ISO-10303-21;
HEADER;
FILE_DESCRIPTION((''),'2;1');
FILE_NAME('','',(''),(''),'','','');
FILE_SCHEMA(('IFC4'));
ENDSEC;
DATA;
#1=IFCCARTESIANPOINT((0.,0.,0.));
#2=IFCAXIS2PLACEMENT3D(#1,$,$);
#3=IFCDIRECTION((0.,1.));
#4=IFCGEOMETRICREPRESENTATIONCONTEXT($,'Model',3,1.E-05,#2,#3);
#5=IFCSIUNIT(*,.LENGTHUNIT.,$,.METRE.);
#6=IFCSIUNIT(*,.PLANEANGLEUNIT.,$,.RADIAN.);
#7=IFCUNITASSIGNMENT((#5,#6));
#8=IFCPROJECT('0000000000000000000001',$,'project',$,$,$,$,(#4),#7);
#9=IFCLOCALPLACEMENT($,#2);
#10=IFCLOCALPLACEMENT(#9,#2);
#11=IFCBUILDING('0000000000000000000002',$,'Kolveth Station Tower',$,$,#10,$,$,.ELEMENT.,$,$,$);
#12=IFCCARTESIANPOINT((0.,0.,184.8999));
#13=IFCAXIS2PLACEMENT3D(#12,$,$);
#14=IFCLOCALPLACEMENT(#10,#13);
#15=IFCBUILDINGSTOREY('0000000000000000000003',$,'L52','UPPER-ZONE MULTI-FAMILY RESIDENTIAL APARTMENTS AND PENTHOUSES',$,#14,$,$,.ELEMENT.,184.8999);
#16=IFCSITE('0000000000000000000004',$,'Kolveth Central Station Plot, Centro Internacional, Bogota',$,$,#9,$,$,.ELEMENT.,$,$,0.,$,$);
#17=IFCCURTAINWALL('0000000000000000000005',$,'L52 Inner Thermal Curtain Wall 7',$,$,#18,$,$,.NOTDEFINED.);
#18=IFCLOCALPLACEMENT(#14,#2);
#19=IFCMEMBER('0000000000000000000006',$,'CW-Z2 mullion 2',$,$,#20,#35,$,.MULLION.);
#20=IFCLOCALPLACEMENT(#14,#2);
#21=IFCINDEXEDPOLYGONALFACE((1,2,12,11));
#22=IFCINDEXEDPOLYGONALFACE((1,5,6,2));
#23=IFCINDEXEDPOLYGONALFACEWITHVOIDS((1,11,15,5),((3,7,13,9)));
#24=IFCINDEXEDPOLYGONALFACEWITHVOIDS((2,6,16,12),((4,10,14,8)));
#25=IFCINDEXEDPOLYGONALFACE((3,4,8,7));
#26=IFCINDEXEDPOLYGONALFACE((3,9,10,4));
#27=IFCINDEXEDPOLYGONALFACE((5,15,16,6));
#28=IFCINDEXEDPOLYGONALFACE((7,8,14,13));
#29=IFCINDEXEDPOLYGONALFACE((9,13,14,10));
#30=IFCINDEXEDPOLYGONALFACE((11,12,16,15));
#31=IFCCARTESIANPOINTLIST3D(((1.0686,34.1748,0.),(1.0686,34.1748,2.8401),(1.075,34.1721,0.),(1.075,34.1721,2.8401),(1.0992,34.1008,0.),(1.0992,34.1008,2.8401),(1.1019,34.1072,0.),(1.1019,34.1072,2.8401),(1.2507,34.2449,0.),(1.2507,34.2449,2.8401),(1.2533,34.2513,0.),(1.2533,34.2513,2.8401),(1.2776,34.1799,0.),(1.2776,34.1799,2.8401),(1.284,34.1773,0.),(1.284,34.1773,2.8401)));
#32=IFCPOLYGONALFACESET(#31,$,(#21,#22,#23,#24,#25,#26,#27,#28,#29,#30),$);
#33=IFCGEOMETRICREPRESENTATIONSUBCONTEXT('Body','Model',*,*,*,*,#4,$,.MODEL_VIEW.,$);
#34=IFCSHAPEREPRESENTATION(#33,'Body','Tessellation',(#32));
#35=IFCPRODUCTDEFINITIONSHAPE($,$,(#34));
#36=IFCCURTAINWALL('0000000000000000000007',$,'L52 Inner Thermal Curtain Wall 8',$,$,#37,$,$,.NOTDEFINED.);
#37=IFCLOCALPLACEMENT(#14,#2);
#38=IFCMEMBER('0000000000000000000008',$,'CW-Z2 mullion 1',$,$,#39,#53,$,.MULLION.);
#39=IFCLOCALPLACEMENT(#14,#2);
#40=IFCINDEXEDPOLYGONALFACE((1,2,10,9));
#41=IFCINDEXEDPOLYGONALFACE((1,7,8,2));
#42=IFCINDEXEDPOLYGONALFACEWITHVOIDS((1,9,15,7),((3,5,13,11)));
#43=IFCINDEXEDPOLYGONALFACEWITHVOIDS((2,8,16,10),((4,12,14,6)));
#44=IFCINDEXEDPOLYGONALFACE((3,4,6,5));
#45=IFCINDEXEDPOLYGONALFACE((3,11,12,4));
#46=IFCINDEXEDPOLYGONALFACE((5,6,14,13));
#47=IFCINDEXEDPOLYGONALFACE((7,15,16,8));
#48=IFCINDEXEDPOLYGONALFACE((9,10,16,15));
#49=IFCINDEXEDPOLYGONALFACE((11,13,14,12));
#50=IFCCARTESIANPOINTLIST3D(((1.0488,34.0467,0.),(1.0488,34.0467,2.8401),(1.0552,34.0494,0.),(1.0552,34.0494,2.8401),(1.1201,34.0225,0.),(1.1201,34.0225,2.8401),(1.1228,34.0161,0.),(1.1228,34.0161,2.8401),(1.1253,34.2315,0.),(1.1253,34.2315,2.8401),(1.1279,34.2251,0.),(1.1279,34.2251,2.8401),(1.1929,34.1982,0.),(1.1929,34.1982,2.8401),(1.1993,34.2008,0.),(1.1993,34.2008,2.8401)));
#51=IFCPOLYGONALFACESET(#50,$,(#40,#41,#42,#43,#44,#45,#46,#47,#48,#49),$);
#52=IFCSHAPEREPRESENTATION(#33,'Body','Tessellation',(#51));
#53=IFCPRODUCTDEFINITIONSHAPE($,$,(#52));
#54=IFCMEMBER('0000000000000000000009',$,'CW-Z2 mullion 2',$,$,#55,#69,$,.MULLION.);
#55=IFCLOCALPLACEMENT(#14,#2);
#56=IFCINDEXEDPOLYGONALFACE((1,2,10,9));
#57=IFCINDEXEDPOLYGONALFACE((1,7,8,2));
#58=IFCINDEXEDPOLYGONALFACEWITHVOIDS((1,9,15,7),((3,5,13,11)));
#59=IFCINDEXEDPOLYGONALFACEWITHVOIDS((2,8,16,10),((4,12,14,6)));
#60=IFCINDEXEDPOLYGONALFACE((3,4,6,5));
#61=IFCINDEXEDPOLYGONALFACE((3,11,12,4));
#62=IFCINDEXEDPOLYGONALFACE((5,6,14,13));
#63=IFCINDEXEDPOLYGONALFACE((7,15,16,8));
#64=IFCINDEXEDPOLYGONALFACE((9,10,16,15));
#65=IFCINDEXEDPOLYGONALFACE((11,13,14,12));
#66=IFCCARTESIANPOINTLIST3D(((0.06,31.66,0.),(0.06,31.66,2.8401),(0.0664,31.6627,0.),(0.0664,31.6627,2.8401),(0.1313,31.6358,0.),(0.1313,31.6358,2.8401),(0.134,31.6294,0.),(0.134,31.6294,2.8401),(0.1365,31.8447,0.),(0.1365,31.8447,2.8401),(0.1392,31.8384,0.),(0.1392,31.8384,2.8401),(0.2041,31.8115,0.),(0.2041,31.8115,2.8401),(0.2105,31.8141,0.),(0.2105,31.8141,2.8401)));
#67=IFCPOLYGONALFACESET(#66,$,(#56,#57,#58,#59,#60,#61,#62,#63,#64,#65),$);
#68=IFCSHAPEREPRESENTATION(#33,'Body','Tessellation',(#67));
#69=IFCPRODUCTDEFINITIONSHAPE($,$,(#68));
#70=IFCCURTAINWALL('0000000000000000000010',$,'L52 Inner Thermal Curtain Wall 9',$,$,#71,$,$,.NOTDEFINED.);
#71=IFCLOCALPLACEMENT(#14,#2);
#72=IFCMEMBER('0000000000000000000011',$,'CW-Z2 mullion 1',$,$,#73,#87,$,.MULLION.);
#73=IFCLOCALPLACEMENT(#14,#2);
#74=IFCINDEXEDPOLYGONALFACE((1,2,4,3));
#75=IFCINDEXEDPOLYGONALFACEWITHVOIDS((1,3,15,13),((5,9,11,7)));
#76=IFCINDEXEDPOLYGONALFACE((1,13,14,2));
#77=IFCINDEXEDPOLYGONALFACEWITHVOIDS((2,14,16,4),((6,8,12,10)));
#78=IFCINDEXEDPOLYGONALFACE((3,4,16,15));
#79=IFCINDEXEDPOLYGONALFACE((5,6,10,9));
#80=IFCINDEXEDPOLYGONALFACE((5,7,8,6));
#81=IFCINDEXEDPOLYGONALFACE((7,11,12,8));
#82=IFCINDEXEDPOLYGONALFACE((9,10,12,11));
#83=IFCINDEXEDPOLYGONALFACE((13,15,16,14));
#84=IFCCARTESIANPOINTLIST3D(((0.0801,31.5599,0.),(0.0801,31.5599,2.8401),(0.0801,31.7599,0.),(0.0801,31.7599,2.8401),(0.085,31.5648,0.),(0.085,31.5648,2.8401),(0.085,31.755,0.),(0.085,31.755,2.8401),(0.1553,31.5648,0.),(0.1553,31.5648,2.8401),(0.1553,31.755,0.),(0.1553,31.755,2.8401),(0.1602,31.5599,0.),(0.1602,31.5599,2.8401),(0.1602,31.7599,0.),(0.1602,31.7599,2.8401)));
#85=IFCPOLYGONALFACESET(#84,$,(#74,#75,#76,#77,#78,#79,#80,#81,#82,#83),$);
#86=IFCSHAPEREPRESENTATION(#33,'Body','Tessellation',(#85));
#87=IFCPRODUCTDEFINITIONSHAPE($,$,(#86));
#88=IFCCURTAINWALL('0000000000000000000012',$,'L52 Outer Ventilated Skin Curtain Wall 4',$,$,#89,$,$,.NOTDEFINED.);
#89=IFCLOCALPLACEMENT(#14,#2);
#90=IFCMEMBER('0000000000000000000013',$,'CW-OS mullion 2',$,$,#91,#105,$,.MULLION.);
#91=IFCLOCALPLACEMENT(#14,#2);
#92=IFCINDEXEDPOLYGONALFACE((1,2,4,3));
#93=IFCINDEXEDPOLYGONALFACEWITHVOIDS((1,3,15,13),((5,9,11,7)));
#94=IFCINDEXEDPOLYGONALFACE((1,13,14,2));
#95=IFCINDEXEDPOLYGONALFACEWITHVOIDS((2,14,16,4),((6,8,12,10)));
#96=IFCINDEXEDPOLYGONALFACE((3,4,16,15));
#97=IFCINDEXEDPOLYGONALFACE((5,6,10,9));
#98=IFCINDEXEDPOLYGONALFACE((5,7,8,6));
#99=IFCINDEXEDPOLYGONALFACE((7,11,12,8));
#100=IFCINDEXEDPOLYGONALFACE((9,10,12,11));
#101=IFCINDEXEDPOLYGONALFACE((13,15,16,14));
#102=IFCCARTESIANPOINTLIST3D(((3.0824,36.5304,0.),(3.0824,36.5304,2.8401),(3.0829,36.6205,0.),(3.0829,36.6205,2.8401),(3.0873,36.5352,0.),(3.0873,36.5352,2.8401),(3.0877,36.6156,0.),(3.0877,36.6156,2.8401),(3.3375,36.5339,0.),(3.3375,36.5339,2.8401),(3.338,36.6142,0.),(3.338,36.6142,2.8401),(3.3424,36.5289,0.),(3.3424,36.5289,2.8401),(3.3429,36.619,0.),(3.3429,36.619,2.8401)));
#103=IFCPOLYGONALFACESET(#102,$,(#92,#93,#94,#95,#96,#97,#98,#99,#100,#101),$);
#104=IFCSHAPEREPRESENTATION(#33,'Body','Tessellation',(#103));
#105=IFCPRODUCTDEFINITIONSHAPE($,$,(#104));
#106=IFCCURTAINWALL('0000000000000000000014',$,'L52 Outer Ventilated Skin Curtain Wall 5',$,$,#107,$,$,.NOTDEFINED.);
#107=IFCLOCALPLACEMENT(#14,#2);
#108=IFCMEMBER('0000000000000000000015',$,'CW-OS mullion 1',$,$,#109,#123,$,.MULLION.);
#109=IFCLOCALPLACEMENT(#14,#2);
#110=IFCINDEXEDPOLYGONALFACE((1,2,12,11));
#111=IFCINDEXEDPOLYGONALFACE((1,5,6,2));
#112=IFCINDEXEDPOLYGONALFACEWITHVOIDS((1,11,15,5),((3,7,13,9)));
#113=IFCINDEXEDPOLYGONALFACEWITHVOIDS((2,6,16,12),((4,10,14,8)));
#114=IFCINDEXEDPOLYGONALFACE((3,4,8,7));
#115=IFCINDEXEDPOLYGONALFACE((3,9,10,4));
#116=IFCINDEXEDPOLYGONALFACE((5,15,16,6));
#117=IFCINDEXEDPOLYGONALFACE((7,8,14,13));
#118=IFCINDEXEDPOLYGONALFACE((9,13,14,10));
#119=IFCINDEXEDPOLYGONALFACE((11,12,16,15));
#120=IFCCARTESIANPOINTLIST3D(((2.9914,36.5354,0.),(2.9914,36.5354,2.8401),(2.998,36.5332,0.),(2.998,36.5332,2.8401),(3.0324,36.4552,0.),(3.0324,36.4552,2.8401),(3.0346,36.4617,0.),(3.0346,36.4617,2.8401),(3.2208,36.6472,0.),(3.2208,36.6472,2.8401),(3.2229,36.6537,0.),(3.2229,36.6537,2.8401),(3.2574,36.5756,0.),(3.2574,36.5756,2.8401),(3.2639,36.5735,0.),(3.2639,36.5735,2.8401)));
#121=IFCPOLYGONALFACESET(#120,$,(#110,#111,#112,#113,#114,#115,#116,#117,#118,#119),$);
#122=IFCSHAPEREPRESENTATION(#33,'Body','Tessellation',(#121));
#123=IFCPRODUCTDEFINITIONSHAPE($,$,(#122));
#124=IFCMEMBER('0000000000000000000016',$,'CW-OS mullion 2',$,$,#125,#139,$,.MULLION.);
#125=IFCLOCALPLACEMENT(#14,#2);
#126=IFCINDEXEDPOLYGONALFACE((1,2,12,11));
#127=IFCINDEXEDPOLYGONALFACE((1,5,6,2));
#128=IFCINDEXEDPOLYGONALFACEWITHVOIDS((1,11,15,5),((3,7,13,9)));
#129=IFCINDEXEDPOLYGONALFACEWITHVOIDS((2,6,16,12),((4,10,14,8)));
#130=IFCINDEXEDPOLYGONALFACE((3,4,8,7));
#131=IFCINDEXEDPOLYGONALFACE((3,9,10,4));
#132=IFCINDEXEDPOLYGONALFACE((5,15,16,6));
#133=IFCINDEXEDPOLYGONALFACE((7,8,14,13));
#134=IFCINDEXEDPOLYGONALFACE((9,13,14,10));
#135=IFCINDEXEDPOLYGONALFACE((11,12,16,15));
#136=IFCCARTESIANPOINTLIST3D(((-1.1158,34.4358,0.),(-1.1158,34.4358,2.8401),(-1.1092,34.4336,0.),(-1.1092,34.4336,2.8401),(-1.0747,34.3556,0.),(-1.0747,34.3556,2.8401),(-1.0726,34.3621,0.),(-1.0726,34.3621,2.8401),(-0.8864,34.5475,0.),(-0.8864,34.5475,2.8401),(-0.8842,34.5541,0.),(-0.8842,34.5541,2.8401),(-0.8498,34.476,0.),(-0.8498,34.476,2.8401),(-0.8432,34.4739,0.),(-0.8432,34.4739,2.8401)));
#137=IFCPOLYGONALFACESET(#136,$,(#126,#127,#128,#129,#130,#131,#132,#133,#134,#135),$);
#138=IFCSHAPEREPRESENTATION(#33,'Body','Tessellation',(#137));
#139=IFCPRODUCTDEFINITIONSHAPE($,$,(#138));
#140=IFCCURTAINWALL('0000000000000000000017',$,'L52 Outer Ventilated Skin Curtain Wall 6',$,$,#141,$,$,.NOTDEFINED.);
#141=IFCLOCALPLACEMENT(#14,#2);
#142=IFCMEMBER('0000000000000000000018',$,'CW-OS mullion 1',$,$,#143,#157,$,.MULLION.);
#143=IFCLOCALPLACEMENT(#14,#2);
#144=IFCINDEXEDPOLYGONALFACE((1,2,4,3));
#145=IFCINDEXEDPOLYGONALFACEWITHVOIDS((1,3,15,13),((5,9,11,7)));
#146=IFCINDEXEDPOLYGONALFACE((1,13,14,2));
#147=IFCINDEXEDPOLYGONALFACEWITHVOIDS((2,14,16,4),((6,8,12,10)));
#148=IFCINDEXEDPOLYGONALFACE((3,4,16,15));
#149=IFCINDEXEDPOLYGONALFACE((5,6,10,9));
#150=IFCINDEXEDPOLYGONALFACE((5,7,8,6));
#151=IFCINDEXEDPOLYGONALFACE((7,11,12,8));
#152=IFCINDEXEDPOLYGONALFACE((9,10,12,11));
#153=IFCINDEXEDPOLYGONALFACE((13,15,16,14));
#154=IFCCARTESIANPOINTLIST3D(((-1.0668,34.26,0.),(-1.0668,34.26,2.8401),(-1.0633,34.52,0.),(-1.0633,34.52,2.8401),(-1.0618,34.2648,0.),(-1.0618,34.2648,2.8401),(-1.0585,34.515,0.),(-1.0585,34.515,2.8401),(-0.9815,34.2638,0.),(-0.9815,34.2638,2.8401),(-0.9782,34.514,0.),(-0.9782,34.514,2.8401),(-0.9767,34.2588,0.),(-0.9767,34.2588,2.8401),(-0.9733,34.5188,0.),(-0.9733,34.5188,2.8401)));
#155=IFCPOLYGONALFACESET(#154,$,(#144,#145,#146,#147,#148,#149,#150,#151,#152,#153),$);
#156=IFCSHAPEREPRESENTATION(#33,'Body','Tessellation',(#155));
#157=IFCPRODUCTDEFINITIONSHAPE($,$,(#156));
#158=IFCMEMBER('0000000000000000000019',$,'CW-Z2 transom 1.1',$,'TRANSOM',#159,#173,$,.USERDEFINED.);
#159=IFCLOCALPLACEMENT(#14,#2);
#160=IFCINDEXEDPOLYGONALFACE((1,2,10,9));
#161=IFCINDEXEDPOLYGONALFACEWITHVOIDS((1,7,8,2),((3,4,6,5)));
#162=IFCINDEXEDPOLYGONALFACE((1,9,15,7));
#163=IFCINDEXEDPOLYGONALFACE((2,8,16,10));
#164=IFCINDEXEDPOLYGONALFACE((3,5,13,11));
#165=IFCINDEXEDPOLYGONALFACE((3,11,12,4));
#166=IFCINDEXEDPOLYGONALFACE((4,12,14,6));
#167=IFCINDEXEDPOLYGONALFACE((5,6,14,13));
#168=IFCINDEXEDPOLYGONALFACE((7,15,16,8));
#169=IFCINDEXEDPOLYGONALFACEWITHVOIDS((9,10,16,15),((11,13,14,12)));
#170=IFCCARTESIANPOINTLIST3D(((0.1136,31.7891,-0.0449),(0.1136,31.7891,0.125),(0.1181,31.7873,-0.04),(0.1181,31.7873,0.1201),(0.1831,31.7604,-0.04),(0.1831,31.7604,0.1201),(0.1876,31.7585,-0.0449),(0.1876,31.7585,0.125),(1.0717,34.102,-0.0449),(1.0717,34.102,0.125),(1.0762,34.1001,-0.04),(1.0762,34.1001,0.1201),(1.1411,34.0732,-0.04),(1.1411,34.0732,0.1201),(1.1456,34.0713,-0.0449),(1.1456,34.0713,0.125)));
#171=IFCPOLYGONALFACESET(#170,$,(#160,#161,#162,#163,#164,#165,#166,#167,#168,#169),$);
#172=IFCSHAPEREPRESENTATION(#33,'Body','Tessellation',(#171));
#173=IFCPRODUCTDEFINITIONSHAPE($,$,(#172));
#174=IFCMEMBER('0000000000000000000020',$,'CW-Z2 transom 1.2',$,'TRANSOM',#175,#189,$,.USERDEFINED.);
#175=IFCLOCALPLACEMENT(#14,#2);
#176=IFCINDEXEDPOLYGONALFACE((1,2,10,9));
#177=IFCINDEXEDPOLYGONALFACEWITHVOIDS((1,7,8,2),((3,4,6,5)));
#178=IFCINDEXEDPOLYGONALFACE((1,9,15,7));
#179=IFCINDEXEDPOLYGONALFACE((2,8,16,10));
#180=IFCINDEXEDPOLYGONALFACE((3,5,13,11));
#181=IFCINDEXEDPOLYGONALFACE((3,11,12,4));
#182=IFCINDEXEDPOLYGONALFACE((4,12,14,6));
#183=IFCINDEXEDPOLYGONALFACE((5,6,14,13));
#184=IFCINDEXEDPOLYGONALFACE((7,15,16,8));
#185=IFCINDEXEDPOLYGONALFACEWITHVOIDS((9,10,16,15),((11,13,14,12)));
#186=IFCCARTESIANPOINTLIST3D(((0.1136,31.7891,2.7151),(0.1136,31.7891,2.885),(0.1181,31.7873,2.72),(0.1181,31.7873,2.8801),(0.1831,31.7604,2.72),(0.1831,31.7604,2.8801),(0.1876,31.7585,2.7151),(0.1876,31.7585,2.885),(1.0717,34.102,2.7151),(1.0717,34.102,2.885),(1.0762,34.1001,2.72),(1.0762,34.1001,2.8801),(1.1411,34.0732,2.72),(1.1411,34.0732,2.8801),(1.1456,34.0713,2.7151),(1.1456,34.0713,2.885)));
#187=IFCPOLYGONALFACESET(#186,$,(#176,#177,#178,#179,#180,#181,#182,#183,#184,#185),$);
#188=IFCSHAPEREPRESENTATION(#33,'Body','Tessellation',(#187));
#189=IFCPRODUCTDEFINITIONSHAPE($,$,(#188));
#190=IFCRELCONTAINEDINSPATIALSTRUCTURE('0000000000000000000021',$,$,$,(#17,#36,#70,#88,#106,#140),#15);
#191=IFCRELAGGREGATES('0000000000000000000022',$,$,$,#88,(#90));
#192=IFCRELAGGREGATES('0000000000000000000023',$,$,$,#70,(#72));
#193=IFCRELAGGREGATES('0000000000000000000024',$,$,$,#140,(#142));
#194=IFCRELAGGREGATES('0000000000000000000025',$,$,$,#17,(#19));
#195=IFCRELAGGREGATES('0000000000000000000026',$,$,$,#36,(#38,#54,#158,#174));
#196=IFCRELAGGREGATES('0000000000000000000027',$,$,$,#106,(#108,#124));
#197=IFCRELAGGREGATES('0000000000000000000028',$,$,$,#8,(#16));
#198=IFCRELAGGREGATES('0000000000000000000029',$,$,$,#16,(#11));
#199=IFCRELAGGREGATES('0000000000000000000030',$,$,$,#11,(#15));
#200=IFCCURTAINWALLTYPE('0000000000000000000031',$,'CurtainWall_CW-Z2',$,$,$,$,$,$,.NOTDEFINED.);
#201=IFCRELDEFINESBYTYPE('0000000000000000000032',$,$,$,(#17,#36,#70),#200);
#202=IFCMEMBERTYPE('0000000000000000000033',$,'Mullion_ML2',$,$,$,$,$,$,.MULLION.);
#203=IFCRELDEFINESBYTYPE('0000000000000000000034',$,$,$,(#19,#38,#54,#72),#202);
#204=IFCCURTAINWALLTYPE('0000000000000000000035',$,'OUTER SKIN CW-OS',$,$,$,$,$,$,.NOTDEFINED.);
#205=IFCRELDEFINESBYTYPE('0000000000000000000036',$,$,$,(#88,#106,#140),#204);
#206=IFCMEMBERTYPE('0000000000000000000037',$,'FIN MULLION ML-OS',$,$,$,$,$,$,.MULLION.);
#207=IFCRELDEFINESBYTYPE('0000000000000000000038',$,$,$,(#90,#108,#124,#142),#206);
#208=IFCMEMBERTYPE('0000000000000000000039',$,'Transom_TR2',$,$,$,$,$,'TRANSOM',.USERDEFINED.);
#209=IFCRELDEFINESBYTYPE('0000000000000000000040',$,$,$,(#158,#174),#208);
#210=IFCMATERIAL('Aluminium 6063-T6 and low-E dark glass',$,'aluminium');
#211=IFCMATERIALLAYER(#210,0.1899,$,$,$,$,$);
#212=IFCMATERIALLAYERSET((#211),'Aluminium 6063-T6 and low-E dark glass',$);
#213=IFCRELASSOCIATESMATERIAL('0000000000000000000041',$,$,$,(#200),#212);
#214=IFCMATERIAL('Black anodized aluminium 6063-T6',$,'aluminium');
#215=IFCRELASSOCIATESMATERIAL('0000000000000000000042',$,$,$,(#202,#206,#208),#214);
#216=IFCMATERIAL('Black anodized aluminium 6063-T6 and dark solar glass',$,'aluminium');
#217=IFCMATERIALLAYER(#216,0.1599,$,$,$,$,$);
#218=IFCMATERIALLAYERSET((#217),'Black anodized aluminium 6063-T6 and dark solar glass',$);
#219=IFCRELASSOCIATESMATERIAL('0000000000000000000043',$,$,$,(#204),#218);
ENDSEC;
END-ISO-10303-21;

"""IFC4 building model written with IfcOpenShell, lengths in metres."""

from ifc_helpers import new_model, si_unit, direction, frame, origin, origin_2d, place, context, subcontext, project, spatial, hollow_rectangle, extrude, source, transform, mapped, material, layer, layer_set, material_profile, profile_set, type_object, element, aggregate, save


model = new_model("IFC4")

# Units and contexts
model_context = context("Model", 3, precision=1e-05, world=origin(), true_north=direction((0.0, 1.0)))
body_context = subcontext(model_context, "Body", "Model", "MODEL_VIEW")
ifc_project = project(units=[si_unit("LENGTHUNIT", "METRE"), si_unit("PLANEANGLEUNIT", "RADIAN")], contexts=[model_context])

# Site, building, storey
site_placement = place(None, origin())
site = spatial("IfcSite", under=ifc_project, at=site_placement, Name="Kolveth Central Station Plot, Centro Internacional, Bogota", CompositionType="ELEMENT", RefElevation=0.0)
building_placement = place(site_placement, origin())
building = spatial("IfcBuilding", under=site, at=building_placement, Name="Kolveth Station Tower", CompositionType="ELEMENT")
storey_placement = place(building_placement, frame((0.0, 0.0, 184.8999)))
storey = spatial("IfcBuildingStorey", under=building, at=storey_placement, Name="L52", Description="UPPER-ZONE MULTI-FAMILY RESIDENTIAL APARTMENTS AND PENTHOUSES", CompositionType="ELEMENT", Elevation=184.8999)

# Curtain wall, member
ifc_material_1 = material(Name="Aluminium 6063-T6 and low-E dark glass", Category="aluminium")
ifc_layer_1 = layer(ifc_material_1, 0.1899)
ifc_layer_set_1 = layer_set([ifc_layer_1], Name="Aluminium 6063-T6 and low-E dark glass")
curtain_wall_type_1 = type_object("IfcCurtainWallType", Name="CurtainWall_CW-Z2", PredefinedType="NOTDEFINED", material=ifc_layer_set_1)
curtain_wall_1_placement = place(storey_placement, origin())
curtain_wall_1 = element("IfcCurtainWall", 1, at=curtain_wall_1_placement, inside=storey, type_object=curtain_wall_type_1, Name="L52 Inner Thermal Curtain Wall 7", PredefinedType="NOTDEFINED")
ifc_material_2 = material(Name="Black anodized aluminium 6063-T6", Category="aluminium")
ifc_material_profile_1 = material_profile(ifc_material_2, hollow_rectangle(XDim=0.0801, YDim=0.2, WallThickness=0.0049, at=origin_2d()), Name="ALU-80x200x5")
ifc_profile_set_1 = profile_set([ifc_material_profile_1], Name="Black anodized aluminium 6063-T6")
member_type_1 = type_object("IfcMemberType", Name="Mullion_ML2", PredefinedType="MULLION", material=ifc_profile_set_1)
shared_shape_1 = source(origin(), body_context, "Body", "SweptSolid", [
    extrude(hollow_rectangle(XDim=0.0801, YDim=0.2, WallThickness=0.0049, at=origin_2d()), origin(), (0.0, 0.0, 1.0), 2.8401),
])
member_1_placement = place(storey_placement, frame((1.1763, 34.176, 0.0), z_axis=(0.0, 0.0, 1.0), x_axis=(0.382698, -0.923874, 0.0)))
member_1 = element("IfcMember", 2, at=member_1_placement, type_object=member_type_1, Name="CW-Z2 mullion 2", PredefinedType="MULLION", context=body_context, shape_type="MappedRepresentation", body=[
    mapped(shared_shape_1, transform((0.0, 0.0, 0.0), x_axis=(1.0, 0.0, 0.0), y_axis=(0.0, 1.0, 0.0), z_axis=(0.0, 0.0, 1.0), scale=1.0)),
])

# Curtain wall, members
curtain_wall_2_placement = place(storey_placement, origin())
curtain_wall_2 = element("IfcCurtainWall", 3, at=curtain_wall_2_placement, inside=storey, type_object=curtain_wall_type_1, Name="L52 Inner Thermal Curtain Wall 8", PredefinedType="NOTDEFINED")
member_2_placement = place(storey_placement, frame((1.124, 34.1238, 0.0), z_axis=(0.0, 0.0, 1.0), x_axis=(0.923874, -0.382698, 0.0)))
member_2 = element("IfcMember", 4, at=member_2_placement, type_object=member_type_1, Name="CW-Z2 mullion 1", PredefinedType="MULLION", context=body_context, shape_type="MappedRepresentation", body=[
    mapped(shared_shape_1, transform((0.0, 0.0, 0.0), x_axis=(1.0, 0.0, 0.0), y_axis=(0.0, 1.0, 0.0), z_axis=(0.0, 0.0, 1.0), scale=1.0)),
])
member_3_placement = place(storey_placement, frame((0.1353, 31.7371, 0.0), z_axis=(0.0, 0.0, 1.0), x_axis=(0.923874, -0.382698, 0.0)))
member_3 = element("IfcMember", 5, at=member_3_placement, type_object=member_type_1, Name="CW-Z2 mullion 2", PredefinedType="MULLION", context=body_context, shape_type="MappedRepresentation", body=[
    mapped(shared_shape_1, transform((0.0, 0.0, 0.0), x_axis=(1.0, 0.0, 0.0), y_axis=(0.0, 1.0, 0.0), z_axis=(0.0, 0.0, 1.0), scale=1.0)),
])

# Curtain walls, members
curtain_wall_3_placement = place(storey_placement, origin())
curtain_wall_3 = element("IfcCurtainWall", 6, at=curtain_wall_3_placement, inside=storey, type_object=curtain_wall_type_1, Name="L52 Inner Thermal Curtain Wall 9", PredefinedType="NOTDEFINED")
member_4_placement = place(storey_placement, frame((0.1201, 31.6599, 0.0), z_axis=(0.0, 0.0, 1.0), x_axis=(1.0, 0.0, 0.0)))
member_4 = element("IfcMember", 7, at=member_4_placement, type_object=member_type_1, Name="CW-Z2 mullion 1", PredefinedType="MULLION", context=body_context, shape_type="MappedRepresentation", body=[
    mapped(shared_shape_1, transform((0.0, 0.0, 0.0), x_axis=(1.0, 0.0, 0.0), y_axis=(0.0, 1.0, 0.0), z_axis=(0.0, 0.0, 1.0), scale=1.0)),
])
ifc_material_3 = material(Name="Black anodized aluminium 6063-T6 and dark solar glass", Category="aluminium")
ifc_layer_2 = layer(ifc_material_3, 0.1599)
ifc_layer_set_2 = layer_set([ifc_layer_2], Name="Black anodized aluminium 6063-T6 and dark solar glass")
curtain_wall_type_2 = type_object("IfcCurtainWallType", Name="OUTER SKIN CW-OS", PredefinedType="NOTDEFINED", material=ifc_layer_set_2)
curtain_wall_4_placement = place(storey_placement, origin())
curtain_wall_4 = element("IfcCurtainWall", 8, at=curtain_wall_4_placement, inside=storey, type_object=curtain_wall_type_2, Name="L52 Outer Ventilated Skin Curtain Wall 4", PredefinedType="NOTDEFINED")
ifc_material_profile_2 = material_profile(ifc_material_2, hollow_rectangle(XDim=0.0901, YDim=0.26, WallThickness=0.0049, at=origin_2d()), Name="ALU-90x260x5")
ifc_profile_set_2 = profile_set([ifc_material_profile_2], Name="Black anodized aluminium 6063-T6")
member_type_2 = type_object("IfcMemberType", Name="FIN MULLION ML-OS", PredefinedType="MULLION", material=ifc_profile_set_2)
shared_shape_2 = source(origin(), body_context, "Body", "SweptSolid", [
    extrude(hollow_rectangle(XDim=0.0901, YDim=0.26, WallThickness=0.0049, at=origin_2d()), origin(), (0.0, 0.0, 1.0), 2.8401),
])
member_5_placement = place(storey_placement, frame((3.2126, 36.5747, 0.0), z_axis=(0.0, 0.0, 1.0), x_axis=(-0.005549, -0.999985, 0.0)))
member_5 = element("IfcMember", 9, at=member_5_placement, type_object=member_type_2, Name="CW-OS mullion 2", PredefinedType="MULLION", context=body_context, shape_type="MappedRepresentation", body=[
    mapped(shared_shape_2, transform((0.0, 0.0, 0.0), x_axis=(1.0, 0.0, 0.0), y_axis=(0.0, 1.0, 0.0), z_axis=(0.0, 0.0, 1.0), scale=1.0)),
])
aggregate(curtain_wall_4, [member_5])

# Curtain wall, members
curtain_wall_5_placement = place(storey_placement, origin())
curtain_wall_5 = element("IfcCurtainWall", 10, at=curtain_wall_5_placement, inside=storey, type_object=curtain_wall_type_2, Name="L52 Outer Ventilated Skin Curtain Wall 5", PredefinedType="NOTDEFINED")
member_6_placement = place(storey_placement, frame((3.1277, 36.5544, 0.0), z_axis=(0.0, 0.0, 1.0), x_axis=(0.455191, -0.890394, 0.0)))
member_6 = element("IfcMember", 11, at=member_6_placement, type_object=member_type_2, Name="CW-OS mullion 1", PredefinedType="MULLION", context=body_context, shape_type="MappedRepresentation", body=[
    mapped(shared_shape_2, transform((0.0, 0.0, 0.0), x_axis=(1.0, 0.0, 0.0), y_axis=(0.0, 1.0, 0.0), z_axis=(0.0, 0.0, 1.0), scale=1.0)),
])
member_7_placement = place(storey_placement, frame((-0.9795, 34.4548, 0.0), z_axis=(0.0, 0.0, 1.0), x_axis=(0.455191, -0.890394, 0.0)))
member_7 = element("IfcMember", 12, at=member_7_placement, type_object=member_type_2, Name="CW-OS mullion 2", PredefinedType="MULLION", context=body_context, shape_type="MappedRepresentation", body=[
    mapped(shared_shape_2, transform((0.0, 0.0, 0.0), x_axis=(1.0, 0.0, 0.0), y_axis=(0.0, 1.0, 0.0), z_axis=(0.0, 0.0, 1.0), scale=1.0)),
])

# Curtain wall, member
curtain_wall_6_placement = place(storey_placement, origin())
curtain_wall_6 = element("IfcCurtainWall", 13, at=curtain_wall_6_placement, inside=storey, type_object=curtain_wall_type_2, Name="L52 Outer Ventilated Skin Curtain Wall 6", PredefinedType="NOTDEFINED")
member_8_placement = place(storey_placement, frame((-1.02, 34.3894, 0.0), z_axis=(0.0, 0.0, 1.0), x_axis=(0.999912, -0.01328, 0.0)))
member_8 = element("IfcMember", 14, at=member_8_placement, type_object=member_type_2, Name="CW-OS mullion 1", PredefinedType="MULLION", context=body_context, shape_type="MappedRepresentation", body=[
    mapped(shared_shape_2, transform((0.0, 0.0, 0.0), x_axis=(1.0, 0.0, 0.0), y_axis=(0.0, 1.0, 0.0), z_axis=(0.0, 0.0, 1.0), scale=1.0)),
])

# Members
ifc_material_profile_3 = material_profile(ifc_material_2, hollow_rectangle(XDim=0.0801, YDim=0.1699, WallThickness=0.0049, at=origin_2d()), Name="ALU-80x170x5")
ifc_profile_set_3 = profile_set([ifc_material_profile_3], Name="Black anodized aluminium 6063-T6")
member_type_3 = type_object("IfcMemberType", Name="Transom_TR2", ElementType="TRANSOM", PredefinedType="USERDEFINED", material=ifc_profile_set_3)
shared_shape_3 = source(origin(), body_context, "Body", "SweptSolid", [
    extrude(hollow_rectangle(XDim=0.0801, YDim=0.1699, WallThickness=0.0049, at=origin_2d()), origin(), (0.0, 0.0, 1.0), 2.5034),
])
member_9_placement = place(storey_placement, frame((1.1086, 34.0867, 0.04), z_axis=(-0.382696, -0.923874, 0.0), x_axis=(0.923874, -0.382696, 0.0)))
member_9 = element("IfcMember", 15, at=member_9_placement, type_object=member_type_3, Name="CW-Z2 transom 1.1", ObjectType="TRANSOM", PredefinedType="USERDEFINED", context=body_context, shape_type="MappedRepresentation", body=[
    mapped(shared_shape_3, transform((0.0, 0.0, 0.0), x_axis=(1.0, 0.0, 0.0), y_axis=(0.0, 1.0, 0.0), z_axis=(0.0, 0.0, 1.0), scale=1.0)),
])
member_10_placement = place(storey_placement, frame((1.1086, 34.0867, 2.8), z_axis=(-0.382696, -0.923874, 0.0), x_axis=(0.923874, -0.382696, 0.0)))
member_10 = element("IfcMember", 16, at=member_10_placement, type_object=member_type_3, Name="CW-Z2 transom 1.2", ObjectType="TRANSOM", PredefinedType="USERDEFINED", context=body_context, shape_type="MappedRepresentation", body=[
    mapped(shared_shape_3, transform((0.0, 0.0, 0.0), x_axis=(1.0, 0.0, 0.0), y_axis=(0.0, 1.0, 0.0), z_axis=(0.0, 0.0, 1.0), scale=1.0)),
])
aggregate(curtain_wall_3, [member_4])
aggregate(curtain_wall_6, [member_8])

aggregate(curtain_wall_1, [member_1])
aggregate(curtain_wall_2, [member_2, member_3, member_9, member_10])
aggregate(curtain_wall_5, [member_6, member_7])

save(model, "model.ifc")
